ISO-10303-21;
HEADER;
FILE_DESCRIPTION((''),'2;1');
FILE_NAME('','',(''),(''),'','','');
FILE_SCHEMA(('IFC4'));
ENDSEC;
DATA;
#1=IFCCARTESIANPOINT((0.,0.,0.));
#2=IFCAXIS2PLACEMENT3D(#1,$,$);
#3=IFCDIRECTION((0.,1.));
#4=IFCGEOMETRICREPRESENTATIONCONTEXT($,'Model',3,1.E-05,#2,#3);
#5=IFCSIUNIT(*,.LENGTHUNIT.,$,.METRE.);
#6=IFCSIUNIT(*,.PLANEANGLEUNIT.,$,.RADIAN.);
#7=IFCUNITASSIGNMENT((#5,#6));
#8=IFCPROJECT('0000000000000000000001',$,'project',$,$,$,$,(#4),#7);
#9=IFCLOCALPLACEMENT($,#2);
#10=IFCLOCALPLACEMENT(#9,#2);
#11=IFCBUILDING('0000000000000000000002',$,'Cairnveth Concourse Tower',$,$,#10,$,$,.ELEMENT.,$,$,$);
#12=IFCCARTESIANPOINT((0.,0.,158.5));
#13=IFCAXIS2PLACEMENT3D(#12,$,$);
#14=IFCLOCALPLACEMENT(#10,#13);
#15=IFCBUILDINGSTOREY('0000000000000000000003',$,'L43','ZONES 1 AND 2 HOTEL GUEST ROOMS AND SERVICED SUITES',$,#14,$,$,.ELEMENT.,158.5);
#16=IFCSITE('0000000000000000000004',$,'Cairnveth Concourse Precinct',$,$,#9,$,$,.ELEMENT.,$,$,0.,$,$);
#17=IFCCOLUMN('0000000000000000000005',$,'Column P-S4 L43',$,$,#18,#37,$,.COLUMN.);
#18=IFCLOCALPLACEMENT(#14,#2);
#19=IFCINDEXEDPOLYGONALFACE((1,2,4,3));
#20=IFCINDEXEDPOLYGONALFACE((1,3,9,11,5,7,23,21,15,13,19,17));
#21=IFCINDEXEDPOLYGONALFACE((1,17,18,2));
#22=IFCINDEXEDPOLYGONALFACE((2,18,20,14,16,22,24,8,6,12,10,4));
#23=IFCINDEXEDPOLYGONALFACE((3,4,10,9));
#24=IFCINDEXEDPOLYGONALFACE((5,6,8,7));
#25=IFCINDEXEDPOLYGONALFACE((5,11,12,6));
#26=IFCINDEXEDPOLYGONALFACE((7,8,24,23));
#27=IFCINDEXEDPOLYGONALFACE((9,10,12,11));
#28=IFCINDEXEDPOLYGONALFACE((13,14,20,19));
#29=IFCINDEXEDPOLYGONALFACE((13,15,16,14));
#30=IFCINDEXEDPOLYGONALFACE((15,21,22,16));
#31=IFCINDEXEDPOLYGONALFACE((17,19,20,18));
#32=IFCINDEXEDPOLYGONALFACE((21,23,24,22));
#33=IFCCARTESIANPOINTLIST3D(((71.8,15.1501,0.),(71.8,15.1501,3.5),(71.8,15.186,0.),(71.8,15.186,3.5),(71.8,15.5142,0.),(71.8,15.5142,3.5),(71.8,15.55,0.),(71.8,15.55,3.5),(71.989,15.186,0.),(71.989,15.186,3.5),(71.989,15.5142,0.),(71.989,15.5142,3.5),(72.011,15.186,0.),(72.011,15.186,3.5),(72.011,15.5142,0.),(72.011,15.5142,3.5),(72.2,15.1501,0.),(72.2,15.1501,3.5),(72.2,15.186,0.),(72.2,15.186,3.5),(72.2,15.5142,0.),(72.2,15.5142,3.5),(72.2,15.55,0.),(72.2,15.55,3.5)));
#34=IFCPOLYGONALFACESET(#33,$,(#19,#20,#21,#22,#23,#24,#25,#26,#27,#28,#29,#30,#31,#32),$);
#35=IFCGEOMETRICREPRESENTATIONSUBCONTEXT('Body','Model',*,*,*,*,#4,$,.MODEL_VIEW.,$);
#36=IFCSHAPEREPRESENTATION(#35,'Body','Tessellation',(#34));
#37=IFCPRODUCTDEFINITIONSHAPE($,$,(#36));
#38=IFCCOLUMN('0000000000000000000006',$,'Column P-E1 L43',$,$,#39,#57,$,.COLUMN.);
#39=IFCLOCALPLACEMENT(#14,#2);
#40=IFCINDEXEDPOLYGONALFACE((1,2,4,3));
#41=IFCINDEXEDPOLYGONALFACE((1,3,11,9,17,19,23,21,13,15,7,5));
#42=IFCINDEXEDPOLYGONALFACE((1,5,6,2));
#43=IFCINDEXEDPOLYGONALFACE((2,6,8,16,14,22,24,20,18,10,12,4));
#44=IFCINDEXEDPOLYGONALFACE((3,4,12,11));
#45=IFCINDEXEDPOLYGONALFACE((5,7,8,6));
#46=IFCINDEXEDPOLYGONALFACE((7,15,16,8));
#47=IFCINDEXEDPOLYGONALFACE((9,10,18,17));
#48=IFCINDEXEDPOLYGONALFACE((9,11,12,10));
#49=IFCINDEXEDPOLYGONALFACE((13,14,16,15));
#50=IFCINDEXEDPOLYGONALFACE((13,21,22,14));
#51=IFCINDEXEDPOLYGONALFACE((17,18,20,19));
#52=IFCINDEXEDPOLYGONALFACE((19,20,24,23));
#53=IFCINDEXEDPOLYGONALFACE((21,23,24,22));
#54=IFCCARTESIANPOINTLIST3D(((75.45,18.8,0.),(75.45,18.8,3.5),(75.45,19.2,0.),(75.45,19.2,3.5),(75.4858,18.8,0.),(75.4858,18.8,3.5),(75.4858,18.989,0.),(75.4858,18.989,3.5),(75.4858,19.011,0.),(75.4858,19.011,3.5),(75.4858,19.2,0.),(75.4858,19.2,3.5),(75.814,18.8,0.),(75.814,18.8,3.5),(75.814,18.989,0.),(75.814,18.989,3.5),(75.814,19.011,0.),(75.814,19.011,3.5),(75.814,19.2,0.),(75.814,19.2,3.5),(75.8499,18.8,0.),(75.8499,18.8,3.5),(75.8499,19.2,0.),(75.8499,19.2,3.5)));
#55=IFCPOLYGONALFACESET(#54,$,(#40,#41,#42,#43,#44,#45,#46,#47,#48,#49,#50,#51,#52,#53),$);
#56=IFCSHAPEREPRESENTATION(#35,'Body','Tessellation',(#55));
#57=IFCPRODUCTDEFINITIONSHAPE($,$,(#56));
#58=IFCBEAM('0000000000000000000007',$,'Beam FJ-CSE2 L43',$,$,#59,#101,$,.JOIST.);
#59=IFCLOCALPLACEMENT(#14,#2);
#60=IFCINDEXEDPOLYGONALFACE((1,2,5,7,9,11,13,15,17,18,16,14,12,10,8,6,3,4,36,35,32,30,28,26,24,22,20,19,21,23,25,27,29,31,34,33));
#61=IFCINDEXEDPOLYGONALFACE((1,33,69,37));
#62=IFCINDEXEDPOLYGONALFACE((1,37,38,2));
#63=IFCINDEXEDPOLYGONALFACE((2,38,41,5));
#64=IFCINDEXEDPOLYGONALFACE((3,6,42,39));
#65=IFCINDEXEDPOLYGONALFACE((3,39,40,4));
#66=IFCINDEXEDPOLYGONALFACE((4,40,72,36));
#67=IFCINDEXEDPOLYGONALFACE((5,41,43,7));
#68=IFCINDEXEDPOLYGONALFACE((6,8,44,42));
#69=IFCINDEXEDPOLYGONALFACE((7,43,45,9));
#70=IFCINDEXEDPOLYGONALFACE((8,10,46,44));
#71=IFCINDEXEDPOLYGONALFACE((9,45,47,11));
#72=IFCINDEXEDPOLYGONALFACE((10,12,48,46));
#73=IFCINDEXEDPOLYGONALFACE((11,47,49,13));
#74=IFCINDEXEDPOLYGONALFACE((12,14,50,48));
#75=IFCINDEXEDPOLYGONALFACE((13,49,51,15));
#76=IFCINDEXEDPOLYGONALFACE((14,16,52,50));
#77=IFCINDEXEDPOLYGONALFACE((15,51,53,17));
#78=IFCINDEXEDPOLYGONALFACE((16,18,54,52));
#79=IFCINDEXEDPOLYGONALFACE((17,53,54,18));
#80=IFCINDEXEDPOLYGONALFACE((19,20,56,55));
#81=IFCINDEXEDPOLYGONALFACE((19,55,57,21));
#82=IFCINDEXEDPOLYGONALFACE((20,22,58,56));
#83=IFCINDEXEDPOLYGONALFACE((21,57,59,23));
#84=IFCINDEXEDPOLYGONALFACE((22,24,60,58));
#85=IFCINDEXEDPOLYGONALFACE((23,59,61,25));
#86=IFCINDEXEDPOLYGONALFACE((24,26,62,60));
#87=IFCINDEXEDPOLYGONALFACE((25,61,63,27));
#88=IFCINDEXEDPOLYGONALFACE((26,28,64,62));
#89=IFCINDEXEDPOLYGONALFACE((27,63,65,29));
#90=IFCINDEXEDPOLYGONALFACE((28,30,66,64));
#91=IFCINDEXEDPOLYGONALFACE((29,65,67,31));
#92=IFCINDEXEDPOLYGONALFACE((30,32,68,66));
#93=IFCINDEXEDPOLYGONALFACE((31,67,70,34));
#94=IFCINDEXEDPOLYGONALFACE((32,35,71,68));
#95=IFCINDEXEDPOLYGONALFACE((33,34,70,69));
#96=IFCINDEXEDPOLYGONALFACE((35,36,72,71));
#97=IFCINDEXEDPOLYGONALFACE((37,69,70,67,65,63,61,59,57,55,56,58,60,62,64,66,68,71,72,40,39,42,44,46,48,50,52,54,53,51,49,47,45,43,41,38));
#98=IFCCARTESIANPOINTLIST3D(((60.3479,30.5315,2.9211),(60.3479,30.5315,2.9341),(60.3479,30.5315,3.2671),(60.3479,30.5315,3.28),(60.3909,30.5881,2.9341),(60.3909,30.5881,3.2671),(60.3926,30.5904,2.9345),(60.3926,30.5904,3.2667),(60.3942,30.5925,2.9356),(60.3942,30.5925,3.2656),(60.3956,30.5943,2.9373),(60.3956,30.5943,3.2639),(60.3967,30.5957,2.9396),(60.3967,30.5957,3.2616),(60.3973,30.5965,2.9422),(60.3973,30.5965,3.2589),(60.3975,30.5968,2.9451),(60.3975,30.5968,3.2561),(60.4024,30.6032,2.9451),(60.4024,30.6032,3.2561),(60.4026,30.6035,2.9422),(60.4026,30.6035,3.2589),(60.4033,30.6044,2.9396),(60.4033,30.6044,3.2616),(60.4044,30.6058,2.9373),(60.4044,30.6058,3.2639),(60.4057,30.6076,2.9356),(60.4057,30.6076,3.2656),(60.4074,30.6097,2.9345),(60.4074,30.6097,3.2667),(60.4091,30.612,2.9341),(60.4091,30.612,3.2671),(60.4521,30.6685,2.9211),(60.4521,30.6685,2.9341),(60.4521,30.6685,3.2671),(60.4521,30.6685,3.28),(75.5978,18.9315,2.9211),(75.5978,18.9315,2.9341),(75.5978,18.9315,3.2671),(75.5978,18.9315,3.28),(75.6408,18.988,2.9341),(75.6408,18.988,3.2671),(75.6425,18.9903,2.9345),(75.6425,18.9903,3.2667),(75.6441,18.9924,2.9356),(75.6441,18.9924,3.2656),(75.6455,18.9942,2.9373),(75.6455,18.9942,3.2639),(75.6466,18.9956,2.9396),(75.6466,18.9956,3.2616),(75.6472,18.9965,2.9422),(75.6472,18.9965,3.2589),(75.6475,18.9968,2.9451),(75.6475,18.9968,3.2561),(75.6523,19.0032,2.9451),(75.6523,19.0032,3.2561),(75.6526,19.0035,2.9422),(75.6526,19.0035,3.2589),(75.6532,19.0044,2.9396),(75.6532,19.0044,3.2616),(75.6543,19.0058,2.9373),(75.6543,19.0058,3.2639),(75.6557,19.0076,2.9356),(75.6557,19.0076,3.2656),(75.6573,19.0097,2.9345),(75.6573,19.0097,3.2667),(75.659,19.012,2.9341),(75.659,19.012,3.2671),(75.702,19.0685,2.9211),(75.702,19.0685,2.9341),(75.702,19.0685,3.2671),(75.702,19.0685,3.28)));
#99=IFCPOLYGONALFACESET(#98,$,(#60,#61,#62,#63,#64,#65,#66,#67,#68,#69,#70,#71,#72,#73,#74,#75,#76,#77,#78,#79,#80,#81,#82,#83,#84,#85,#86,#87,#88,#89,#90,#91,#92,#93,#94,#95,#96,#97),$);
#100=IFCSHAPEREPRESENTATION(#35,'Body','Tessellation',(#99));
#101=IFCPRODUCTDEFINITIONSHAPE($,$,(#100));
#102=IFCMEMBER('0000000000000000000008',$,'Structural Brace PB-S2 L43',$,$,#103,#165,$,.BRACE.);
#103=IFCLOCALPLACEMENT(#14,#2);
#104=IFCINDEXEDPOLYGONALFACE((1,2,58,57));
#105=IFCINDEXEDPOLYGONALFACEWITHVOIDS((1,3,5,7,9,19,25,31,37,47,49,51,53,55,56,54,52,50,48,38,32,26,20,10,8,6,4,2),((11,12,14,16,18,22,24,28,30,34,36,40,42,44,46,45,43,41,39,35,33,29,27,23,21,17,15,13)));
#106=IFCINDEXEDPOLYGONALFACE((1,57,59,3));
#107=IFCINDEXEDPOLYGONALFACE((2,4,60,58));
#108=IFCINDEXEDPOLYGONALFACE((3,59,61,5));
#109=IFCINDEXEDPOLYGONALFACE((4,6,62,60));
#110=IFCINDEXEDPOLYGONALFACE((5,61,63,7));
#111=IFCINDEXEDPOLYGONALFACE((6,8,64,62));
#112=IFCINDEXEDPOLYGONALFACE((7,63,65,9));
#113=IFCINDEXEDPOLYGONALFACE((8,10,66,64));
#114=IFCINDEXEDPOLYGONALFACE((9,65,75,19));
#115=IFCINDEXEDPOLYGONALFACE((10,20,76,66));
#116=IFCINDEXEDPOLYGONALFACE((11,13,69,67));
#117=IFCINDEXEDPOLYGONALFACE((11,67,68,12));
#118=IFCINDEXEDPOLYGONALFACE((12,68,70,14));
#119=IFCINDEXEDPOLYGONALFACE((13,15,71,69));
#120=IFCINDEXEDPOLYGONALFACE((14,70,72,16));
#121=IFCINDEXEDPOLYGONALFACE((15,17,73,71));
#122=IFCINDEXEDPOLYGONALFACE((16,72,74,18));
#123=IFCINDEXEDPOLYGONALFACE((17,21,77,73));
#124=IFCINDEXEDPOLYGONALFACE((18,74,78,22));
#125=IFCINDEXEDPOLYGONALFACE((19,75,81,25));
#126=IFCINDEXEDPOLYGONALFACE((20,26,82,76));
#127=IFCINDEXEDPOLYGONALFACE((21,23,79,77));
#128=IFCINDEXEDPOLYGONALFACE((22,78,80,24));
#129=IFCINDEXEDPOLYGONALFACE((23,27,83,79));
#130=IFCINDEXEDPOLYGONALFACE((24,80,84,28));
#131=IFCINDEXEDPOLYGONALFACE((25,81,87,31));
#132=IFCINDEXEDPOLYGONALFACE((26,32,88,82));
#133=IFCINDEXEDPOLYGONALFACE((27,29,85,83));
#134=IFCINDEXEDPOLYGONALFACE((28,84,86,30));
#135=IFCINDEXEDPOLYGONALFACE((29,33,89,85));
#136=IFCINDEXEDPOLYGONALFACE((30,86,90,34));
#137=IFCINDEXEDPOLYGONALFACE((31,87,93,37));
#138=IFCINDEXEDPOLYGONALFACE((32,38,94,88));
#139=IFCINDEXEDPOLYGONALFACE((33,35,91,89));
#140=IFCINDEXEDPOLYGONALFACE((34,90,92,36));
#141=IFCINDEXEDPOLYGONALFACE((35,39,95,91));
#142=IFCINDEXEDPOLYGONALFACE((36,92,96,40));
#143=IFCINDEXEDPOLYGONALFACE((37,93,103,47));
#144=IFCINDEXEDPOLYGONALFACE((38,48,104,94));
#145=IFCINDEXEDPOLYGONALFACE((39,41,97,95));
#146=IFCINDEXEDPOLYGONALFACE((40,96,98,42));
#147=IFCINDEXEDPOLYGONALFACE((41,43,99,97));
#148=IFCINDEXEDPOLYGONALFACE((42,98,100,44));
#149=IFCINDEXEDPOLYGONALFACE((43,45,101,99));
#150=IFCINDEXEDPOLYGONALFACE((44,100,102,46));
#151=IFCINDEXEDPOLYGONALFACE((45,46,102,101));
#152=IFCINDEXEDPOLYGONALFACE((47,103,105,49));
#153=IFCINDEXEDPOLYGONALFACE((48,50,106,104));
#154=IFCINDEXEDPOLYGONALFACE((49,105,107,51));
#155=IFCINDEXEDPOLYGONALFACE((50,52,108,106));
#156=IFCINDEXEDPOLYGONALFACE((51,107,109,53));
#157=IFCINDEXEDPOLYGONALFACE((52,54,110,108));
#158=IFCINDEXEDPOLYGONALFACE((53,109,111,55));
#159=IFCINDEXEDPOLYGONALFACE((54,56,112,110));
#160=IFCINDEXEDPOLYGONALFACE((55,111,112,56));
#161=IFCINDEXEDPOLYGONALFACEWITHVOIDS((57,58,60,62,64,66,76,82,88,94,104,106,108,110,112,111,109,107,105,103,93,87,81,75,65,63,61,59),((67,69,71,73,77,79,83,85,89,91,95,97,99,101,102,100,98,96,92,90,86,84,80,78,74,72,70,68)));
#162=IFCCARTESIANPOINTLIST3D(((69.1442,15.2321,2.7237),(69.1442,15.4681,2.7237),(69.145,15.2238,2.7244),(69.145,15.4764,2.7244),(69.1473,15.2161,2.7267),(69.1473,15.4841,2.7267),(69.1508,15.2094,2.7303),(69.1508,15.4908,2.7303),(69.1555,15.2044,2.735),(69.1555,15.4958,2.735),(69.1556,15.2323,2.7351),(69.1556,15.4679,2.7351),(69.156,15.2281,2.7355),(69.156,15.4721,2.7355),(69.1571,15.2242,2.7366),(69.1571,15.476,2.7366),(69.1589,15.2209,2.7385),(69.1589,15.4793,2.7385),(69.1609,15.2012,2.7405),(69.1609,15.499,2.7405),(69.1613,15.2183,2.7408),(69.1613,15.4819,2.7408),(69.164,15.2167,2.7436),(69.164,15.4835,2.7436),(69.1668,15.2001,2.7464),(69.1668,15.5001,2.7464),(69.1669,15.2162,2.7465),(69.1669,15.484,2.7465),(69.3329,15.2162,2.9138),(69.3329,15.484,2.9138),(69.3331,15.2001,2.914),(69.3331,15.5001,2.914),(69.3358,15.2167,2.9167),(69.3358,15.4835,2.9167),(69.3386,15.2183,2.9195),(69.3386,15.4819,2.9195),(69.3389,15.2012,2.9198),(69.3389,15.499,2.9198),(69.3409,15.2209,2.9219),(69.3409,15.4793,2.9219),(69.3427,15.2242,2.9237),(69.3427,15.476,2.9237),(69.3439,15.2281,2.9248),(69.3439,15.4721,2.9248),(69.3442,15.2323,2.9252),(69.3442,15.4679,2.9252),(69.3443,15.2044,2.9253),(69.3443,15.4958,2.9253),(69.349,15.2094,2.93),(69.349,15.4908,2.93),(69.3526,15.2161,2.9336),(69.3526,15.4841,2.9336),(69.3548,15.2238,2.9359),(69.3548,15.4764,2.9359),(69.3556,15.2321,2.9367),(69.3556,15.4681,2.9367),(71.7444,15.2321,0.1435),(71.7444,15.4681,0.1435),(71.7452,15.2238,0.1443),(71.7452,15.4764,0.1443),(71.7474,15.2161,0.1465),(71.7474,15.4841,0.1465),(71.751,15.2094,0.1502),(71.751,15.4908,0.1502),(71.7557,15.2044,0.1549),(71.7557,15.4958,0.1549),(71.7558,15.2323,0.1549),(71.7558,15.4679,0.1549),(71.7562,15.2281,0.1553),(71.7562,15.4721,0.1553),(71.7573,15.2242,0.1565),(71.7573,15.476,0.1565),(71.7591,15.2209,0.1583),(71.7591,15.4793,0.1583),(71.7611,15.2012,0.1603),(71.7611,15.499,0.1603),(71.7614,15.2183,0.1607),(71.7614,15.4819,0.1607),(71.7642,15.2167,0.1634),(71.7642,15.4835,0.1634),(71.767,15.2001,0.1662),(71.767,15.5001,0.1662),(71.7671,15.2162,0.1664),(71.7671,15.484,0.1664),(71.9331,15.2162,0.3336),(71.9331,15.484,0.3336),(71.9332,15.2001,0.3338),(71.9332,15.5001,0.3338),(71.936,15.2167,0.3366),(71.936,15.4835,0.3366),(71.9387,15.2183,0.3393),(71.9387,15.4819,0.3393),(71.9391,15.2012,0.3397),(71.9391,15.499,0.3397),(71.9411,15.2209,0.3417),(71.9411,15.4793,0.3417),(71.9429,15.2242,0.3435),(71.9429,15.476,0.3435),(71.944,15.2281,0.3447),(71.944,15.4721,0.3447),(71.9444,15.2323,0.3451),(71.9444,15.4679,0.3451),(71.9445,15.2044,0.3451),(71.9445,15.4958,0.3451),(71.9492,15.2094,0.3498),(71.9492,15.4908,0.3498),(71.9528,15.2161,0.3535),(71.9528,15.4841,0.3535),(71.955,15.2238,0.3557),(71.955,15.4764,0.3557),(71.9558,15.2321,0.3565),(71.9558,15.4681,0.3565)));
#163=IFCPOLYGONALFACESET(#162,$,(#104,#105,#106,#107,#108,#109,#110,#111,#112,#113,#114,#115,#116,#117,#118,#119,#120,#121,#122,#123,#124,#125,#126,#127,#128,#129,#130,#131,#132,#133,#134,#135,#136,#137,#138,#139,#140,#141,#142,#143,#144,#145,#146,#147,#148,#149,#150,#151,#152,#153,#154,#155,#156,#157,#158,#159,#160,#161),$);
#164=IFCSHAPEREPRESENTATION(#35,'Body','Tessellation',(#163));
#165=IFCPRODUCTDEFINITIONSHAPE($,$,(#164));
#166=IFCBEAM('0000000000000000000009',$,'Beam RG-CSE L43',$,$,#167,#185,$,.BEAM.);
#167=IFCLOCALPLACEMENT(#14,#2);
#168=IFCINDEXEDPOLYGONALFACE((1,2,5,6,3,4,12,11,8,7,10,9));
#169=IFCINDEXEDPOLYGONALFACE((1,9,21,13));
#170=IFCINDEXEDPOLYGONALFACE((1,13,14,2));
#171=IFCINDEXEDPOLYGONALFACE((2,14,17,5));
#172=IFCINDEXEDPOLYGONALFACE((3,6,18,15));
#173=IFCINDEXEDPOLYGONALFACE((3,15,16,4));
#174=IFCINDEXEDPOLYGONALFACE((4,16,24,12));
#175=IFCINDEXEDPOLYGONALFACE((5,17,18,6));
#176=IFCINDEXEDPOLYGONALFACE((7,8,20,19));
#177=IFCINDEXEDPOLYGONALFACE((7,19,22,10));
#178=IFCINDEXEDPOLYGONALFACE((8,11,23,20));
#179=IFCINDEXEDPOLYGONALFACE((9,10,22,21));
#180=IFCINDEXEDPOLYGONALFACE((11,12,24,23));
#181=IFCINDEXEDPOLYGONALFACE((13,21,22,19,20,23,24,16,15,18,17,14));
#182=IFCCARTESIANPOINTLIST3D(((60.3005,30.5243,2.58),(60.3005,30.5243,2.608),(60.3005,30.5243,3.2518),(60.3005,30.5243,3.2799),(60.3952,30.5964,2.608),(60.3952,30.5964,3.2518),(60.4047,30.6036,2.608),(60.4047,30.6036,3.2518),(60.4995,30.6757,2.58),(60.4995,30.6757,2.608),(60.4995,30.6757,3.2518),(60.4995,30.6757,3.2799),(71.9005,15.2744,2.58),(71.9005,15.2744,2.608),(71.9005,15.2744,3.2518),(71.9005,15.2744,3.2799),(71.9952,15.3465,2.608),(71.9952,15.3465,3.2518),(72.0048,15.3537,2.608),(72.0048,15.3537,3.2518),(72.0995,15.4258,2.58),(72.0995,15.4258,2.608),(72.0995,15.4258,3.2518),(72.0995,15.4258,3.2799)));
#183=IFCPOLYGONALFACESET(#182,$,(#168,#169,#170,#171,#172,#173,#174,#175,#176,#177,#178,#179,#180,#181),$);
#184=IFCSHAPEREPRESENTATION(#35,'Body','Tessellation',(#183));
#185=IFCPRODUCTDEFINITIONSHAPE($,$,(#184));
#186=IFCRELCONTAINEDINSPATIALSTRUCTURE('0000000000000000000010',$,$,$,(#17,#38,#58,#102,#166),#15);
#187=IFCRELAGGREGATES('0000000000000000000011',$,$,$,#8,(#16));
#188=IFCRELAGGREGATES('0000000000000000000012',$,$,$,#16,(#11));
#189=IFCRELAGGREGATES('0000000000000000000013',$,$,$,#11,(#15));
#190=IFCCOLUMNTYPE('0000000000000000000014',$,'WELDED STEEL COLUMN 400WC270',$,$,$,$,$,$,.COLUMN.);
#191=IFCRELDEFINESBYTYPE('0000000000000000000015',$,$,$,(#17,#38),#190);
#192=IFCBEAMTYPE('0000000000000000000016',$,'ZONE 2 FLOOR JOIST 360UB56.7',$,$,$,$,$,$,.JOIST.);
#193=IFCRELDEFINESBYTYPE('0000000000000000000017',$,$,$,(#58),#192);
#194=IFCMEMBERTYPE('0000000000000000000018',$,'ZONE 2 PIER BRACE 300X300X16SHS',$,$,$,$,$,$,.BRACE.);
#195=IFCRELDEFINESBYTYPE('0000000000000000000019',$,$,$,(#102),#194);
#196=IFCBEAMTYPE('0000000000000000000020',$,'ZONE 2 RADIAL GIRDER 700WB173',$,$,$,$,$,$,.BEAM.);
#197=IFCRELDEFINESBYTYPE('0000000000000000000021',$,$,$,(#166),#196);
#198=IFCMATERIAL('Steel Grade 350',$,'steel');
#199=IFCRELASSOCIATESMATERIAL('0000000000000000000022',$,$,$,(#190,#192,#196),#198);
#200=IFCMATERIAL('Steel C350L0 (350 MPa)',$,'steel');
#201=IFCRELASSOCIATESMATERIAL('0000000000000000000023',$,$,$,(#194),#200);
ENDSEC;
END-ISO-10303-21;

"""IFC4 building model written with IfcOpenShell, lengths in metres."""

from ifc_helpers import new_model, si_unit, direction, frame, origin, origin_2d, place, context, subcontext, project, spatial, hollow_rectangle, i_section, extrude, material, material_profile, profile_set, type_object, element, save


model = new_model("IFC4")

# Units and contexts
model_context = context("Model", 3, precision=1e-05, world=origin(), true_north=direction((0.0, 1.0)))
body_context = subcontext(model_context, "Body", "Model", "MODEL_VIEW")
ifc_project = project(units=[si_unit("LENGTHUNIT", "METRE"), si_unit("PLANEANGLEUNIT", "RADIAN")], contexts=[model_context])

# Site, building, storey
site_placement = place(None, origin())
site = spatial("IfcSite", under=ifc_project, at=site_placement, Name="Cairnveth Concourse Precinct", CompositionType="ELEMENT", RefElevation=0.0)
building_placement = place(site_placement, origin())
building = spatial("IfcBuilding", under=site, at=building_placement, Name="Cairnveth Concourse Tower", CompositionType="ELEMENT")
storey_placement = place(building_placement, frame((0.0, 0.0, 158.5)))
storey = spatial("IfcBuildingStorey", under=building, at=storey_placement, Name="L43", Description="ZONES 1 AND 2 HOTEL GUEST ROOMS AND SERVICED SUITES", CompositionType="ELEMENT", Elevation=158.5)

# Columns
ifc_material_1 = material(Name="Steel Grade 350", Category="steel")
ifc_material_profile_1 = material_profile(ifc_material_1, i_section(OverallWidth=0.3999, OverallDepth=0.3999, WebThickness=0.022, FlangeThickness=0.0359, at=origin_2d()), Name="400WC270")
ifc_profile_set_1 = profile_set([ifc_material_profile_1], Name="Steel Grade 350")
column_type = type_object("IfcColumnType", Name="WELDED STEEL COLUMN 400WC270", PredefinedType="COLUMN", material=ifc_profile_set_1)
for number, where, z_axis, x_axis, name in (
    (1, (72.0, 15.3501, 0.0), (0.0, 0.0, 1.0), (1.0, 0.0, 0.0), "Column P-S4 L43"),
    (2, (75.6499, 19.0, 0.0), (0.0, 0.0, 1.0), (0.0, 1.0, 0.0), "Column P-E1 L43"),
):
    element("IfcColumn", number, at=place(storey_placement, frame(where, z_axis=z_axis, x_axis=x_axis)), inside=storey, type_object=column_type, Name=name, PredefinedType="COLUMN", context=body_context, shape_type="SweptSolid", body=[
        extrude(i_section(OverallWidth=0.3999, OverallDepth=0.3999, WebThickness=0.022, FlangeThickness=0.0359, at=origin_2d()), origin(), (0.0, 0.0, 1.0), 3.5),
    ])

# Beam
ifc_material_profile_2 = material_profile(ifc_material_1, i_section(OverallWidth=0.1721, OverallDepth=0.3589, WebThickness=0.0081, FlangeThickness=0.0129, FilletRadius=0.011, at=origin_2d()), Name="360UB56.7")
ifc_profile_set_2 = profile_set([ifc_material_profile_2], Name="Steel Grade 350")
beam_type_1 = type_object("IfcBeamType", Name="ZONE 2 FLOOR JOIST 360UB56.7", PredefinedType="JOIST", material=ifc_profile_set_2)
beam_1_placement = place(storey_placement, frame((75.6499, 19.0, 3.1006), z_axis=(-0.795908, 0.605417, 0.0), x_axis=(-0.605417, -0.795908, 0.0)))
element("IfcBeam", 3, at=beam_1_placement, inside=storey, type_object=beam_type_1, Name="Beam FJ-CSE2 L43", PredefinedType="JOIST", context=body_context, shape_type="SweptSolid", body=[
    extrude(i_section(OverallWidth=0.1721, OverallDepth=0.3589, WebThickness=0.0081, FlangeThickness=0.0129, FilletRadius=0.011, at=origin_2d()), origin(), (0.0, 0.0, 1.0), 19.1604),
])

# Member
ifc_material_2 = material(Name="Steel C350L0 (350 MPa)", Category="steel")
ifc_material_profile_3 = material_profile(ifc_material_2, hollow_rectangle(XDim=0.3, YDim=0.3, WallThickness=0.0161, InnerFilletRadius=0.0161, OuterFilletRadius=0.032, at=origin_2d()), Name="300x300x16.0SHS")
ifc_profile_set_3 = profile_set([ifc_material_profile_3], Name="Steel C350L0 (350 MPa)")
member_type = type_object("IfcMemberType", Name="ZONE 2 PIER BRACE 300X300X16SHS", PredefinedType="BRACE", material=ifc_profile_set_3)
member_placement = place(storey_placement, frame((71.8501, 15.3501, 0.25), z_axis=(-0.709834, 0.0, 0.704369), x_axis=(0.0, -1.0, 0.0)))
element("IfcMember", 4, at=member_placement, inside=storey, type_object=member_type, Name="Structural Brace PB-S2 L43", PredefinedType="BRACE", context=body_context, shape_type="SweptSolid", body=[
    extrude(hollow_rectangle(XDim=0.3, YDim=0.3, WallThickness=0.0161, InnerFilletRadius=0.0161, OuterFilletRadius=0.032, at=origin_2d()), origin(), (0.0, 0.0, 1.0), 3.6631),
])

# Beam
ifc_material_profile_4 = material_profile(ifc_material_1, i_section(OverallWidth=0.25, OverallDepth=0.7, WebThickness=0.012, FlangeThickness=0.0281, at=origin_2d()), Name="700WB173")
ifc_profile_set_4 = profile_set([ifc_material_profile_4], Name="Steel Grade 350")
beam_type_2 = type_object("IfcBeamType", Name="ZONE 2 RADIAL GIRDER 700WB173", PredefinedType="BEAM", material=ifc_profile_set_4)
beam_2_placement = place(storey_placement, frame((72.0, 15.3501, 2.9299), z_axis=(-0.605417, 0.795908, 0.0), x_axis=(-0.795908, -0.605417, 0.0)))
element("IfcBeam", 5, at=beam_2_placement, inside=storey, type_object=beam_type_2, Name="Beam RG-CSE L43", PredefinedType="BEAM", context=body_context, shape_type="SweptSolid", body=[
    extrude(i_section(OverallWidth=0.25, OverallDepth=0.7, WebThickness=0.012, FlangeThickness=0.0281, at=origin_2d()), origin(), (0.0, 0.0, 1.0), 19.1604),
])

save(model, "model.ifc")
